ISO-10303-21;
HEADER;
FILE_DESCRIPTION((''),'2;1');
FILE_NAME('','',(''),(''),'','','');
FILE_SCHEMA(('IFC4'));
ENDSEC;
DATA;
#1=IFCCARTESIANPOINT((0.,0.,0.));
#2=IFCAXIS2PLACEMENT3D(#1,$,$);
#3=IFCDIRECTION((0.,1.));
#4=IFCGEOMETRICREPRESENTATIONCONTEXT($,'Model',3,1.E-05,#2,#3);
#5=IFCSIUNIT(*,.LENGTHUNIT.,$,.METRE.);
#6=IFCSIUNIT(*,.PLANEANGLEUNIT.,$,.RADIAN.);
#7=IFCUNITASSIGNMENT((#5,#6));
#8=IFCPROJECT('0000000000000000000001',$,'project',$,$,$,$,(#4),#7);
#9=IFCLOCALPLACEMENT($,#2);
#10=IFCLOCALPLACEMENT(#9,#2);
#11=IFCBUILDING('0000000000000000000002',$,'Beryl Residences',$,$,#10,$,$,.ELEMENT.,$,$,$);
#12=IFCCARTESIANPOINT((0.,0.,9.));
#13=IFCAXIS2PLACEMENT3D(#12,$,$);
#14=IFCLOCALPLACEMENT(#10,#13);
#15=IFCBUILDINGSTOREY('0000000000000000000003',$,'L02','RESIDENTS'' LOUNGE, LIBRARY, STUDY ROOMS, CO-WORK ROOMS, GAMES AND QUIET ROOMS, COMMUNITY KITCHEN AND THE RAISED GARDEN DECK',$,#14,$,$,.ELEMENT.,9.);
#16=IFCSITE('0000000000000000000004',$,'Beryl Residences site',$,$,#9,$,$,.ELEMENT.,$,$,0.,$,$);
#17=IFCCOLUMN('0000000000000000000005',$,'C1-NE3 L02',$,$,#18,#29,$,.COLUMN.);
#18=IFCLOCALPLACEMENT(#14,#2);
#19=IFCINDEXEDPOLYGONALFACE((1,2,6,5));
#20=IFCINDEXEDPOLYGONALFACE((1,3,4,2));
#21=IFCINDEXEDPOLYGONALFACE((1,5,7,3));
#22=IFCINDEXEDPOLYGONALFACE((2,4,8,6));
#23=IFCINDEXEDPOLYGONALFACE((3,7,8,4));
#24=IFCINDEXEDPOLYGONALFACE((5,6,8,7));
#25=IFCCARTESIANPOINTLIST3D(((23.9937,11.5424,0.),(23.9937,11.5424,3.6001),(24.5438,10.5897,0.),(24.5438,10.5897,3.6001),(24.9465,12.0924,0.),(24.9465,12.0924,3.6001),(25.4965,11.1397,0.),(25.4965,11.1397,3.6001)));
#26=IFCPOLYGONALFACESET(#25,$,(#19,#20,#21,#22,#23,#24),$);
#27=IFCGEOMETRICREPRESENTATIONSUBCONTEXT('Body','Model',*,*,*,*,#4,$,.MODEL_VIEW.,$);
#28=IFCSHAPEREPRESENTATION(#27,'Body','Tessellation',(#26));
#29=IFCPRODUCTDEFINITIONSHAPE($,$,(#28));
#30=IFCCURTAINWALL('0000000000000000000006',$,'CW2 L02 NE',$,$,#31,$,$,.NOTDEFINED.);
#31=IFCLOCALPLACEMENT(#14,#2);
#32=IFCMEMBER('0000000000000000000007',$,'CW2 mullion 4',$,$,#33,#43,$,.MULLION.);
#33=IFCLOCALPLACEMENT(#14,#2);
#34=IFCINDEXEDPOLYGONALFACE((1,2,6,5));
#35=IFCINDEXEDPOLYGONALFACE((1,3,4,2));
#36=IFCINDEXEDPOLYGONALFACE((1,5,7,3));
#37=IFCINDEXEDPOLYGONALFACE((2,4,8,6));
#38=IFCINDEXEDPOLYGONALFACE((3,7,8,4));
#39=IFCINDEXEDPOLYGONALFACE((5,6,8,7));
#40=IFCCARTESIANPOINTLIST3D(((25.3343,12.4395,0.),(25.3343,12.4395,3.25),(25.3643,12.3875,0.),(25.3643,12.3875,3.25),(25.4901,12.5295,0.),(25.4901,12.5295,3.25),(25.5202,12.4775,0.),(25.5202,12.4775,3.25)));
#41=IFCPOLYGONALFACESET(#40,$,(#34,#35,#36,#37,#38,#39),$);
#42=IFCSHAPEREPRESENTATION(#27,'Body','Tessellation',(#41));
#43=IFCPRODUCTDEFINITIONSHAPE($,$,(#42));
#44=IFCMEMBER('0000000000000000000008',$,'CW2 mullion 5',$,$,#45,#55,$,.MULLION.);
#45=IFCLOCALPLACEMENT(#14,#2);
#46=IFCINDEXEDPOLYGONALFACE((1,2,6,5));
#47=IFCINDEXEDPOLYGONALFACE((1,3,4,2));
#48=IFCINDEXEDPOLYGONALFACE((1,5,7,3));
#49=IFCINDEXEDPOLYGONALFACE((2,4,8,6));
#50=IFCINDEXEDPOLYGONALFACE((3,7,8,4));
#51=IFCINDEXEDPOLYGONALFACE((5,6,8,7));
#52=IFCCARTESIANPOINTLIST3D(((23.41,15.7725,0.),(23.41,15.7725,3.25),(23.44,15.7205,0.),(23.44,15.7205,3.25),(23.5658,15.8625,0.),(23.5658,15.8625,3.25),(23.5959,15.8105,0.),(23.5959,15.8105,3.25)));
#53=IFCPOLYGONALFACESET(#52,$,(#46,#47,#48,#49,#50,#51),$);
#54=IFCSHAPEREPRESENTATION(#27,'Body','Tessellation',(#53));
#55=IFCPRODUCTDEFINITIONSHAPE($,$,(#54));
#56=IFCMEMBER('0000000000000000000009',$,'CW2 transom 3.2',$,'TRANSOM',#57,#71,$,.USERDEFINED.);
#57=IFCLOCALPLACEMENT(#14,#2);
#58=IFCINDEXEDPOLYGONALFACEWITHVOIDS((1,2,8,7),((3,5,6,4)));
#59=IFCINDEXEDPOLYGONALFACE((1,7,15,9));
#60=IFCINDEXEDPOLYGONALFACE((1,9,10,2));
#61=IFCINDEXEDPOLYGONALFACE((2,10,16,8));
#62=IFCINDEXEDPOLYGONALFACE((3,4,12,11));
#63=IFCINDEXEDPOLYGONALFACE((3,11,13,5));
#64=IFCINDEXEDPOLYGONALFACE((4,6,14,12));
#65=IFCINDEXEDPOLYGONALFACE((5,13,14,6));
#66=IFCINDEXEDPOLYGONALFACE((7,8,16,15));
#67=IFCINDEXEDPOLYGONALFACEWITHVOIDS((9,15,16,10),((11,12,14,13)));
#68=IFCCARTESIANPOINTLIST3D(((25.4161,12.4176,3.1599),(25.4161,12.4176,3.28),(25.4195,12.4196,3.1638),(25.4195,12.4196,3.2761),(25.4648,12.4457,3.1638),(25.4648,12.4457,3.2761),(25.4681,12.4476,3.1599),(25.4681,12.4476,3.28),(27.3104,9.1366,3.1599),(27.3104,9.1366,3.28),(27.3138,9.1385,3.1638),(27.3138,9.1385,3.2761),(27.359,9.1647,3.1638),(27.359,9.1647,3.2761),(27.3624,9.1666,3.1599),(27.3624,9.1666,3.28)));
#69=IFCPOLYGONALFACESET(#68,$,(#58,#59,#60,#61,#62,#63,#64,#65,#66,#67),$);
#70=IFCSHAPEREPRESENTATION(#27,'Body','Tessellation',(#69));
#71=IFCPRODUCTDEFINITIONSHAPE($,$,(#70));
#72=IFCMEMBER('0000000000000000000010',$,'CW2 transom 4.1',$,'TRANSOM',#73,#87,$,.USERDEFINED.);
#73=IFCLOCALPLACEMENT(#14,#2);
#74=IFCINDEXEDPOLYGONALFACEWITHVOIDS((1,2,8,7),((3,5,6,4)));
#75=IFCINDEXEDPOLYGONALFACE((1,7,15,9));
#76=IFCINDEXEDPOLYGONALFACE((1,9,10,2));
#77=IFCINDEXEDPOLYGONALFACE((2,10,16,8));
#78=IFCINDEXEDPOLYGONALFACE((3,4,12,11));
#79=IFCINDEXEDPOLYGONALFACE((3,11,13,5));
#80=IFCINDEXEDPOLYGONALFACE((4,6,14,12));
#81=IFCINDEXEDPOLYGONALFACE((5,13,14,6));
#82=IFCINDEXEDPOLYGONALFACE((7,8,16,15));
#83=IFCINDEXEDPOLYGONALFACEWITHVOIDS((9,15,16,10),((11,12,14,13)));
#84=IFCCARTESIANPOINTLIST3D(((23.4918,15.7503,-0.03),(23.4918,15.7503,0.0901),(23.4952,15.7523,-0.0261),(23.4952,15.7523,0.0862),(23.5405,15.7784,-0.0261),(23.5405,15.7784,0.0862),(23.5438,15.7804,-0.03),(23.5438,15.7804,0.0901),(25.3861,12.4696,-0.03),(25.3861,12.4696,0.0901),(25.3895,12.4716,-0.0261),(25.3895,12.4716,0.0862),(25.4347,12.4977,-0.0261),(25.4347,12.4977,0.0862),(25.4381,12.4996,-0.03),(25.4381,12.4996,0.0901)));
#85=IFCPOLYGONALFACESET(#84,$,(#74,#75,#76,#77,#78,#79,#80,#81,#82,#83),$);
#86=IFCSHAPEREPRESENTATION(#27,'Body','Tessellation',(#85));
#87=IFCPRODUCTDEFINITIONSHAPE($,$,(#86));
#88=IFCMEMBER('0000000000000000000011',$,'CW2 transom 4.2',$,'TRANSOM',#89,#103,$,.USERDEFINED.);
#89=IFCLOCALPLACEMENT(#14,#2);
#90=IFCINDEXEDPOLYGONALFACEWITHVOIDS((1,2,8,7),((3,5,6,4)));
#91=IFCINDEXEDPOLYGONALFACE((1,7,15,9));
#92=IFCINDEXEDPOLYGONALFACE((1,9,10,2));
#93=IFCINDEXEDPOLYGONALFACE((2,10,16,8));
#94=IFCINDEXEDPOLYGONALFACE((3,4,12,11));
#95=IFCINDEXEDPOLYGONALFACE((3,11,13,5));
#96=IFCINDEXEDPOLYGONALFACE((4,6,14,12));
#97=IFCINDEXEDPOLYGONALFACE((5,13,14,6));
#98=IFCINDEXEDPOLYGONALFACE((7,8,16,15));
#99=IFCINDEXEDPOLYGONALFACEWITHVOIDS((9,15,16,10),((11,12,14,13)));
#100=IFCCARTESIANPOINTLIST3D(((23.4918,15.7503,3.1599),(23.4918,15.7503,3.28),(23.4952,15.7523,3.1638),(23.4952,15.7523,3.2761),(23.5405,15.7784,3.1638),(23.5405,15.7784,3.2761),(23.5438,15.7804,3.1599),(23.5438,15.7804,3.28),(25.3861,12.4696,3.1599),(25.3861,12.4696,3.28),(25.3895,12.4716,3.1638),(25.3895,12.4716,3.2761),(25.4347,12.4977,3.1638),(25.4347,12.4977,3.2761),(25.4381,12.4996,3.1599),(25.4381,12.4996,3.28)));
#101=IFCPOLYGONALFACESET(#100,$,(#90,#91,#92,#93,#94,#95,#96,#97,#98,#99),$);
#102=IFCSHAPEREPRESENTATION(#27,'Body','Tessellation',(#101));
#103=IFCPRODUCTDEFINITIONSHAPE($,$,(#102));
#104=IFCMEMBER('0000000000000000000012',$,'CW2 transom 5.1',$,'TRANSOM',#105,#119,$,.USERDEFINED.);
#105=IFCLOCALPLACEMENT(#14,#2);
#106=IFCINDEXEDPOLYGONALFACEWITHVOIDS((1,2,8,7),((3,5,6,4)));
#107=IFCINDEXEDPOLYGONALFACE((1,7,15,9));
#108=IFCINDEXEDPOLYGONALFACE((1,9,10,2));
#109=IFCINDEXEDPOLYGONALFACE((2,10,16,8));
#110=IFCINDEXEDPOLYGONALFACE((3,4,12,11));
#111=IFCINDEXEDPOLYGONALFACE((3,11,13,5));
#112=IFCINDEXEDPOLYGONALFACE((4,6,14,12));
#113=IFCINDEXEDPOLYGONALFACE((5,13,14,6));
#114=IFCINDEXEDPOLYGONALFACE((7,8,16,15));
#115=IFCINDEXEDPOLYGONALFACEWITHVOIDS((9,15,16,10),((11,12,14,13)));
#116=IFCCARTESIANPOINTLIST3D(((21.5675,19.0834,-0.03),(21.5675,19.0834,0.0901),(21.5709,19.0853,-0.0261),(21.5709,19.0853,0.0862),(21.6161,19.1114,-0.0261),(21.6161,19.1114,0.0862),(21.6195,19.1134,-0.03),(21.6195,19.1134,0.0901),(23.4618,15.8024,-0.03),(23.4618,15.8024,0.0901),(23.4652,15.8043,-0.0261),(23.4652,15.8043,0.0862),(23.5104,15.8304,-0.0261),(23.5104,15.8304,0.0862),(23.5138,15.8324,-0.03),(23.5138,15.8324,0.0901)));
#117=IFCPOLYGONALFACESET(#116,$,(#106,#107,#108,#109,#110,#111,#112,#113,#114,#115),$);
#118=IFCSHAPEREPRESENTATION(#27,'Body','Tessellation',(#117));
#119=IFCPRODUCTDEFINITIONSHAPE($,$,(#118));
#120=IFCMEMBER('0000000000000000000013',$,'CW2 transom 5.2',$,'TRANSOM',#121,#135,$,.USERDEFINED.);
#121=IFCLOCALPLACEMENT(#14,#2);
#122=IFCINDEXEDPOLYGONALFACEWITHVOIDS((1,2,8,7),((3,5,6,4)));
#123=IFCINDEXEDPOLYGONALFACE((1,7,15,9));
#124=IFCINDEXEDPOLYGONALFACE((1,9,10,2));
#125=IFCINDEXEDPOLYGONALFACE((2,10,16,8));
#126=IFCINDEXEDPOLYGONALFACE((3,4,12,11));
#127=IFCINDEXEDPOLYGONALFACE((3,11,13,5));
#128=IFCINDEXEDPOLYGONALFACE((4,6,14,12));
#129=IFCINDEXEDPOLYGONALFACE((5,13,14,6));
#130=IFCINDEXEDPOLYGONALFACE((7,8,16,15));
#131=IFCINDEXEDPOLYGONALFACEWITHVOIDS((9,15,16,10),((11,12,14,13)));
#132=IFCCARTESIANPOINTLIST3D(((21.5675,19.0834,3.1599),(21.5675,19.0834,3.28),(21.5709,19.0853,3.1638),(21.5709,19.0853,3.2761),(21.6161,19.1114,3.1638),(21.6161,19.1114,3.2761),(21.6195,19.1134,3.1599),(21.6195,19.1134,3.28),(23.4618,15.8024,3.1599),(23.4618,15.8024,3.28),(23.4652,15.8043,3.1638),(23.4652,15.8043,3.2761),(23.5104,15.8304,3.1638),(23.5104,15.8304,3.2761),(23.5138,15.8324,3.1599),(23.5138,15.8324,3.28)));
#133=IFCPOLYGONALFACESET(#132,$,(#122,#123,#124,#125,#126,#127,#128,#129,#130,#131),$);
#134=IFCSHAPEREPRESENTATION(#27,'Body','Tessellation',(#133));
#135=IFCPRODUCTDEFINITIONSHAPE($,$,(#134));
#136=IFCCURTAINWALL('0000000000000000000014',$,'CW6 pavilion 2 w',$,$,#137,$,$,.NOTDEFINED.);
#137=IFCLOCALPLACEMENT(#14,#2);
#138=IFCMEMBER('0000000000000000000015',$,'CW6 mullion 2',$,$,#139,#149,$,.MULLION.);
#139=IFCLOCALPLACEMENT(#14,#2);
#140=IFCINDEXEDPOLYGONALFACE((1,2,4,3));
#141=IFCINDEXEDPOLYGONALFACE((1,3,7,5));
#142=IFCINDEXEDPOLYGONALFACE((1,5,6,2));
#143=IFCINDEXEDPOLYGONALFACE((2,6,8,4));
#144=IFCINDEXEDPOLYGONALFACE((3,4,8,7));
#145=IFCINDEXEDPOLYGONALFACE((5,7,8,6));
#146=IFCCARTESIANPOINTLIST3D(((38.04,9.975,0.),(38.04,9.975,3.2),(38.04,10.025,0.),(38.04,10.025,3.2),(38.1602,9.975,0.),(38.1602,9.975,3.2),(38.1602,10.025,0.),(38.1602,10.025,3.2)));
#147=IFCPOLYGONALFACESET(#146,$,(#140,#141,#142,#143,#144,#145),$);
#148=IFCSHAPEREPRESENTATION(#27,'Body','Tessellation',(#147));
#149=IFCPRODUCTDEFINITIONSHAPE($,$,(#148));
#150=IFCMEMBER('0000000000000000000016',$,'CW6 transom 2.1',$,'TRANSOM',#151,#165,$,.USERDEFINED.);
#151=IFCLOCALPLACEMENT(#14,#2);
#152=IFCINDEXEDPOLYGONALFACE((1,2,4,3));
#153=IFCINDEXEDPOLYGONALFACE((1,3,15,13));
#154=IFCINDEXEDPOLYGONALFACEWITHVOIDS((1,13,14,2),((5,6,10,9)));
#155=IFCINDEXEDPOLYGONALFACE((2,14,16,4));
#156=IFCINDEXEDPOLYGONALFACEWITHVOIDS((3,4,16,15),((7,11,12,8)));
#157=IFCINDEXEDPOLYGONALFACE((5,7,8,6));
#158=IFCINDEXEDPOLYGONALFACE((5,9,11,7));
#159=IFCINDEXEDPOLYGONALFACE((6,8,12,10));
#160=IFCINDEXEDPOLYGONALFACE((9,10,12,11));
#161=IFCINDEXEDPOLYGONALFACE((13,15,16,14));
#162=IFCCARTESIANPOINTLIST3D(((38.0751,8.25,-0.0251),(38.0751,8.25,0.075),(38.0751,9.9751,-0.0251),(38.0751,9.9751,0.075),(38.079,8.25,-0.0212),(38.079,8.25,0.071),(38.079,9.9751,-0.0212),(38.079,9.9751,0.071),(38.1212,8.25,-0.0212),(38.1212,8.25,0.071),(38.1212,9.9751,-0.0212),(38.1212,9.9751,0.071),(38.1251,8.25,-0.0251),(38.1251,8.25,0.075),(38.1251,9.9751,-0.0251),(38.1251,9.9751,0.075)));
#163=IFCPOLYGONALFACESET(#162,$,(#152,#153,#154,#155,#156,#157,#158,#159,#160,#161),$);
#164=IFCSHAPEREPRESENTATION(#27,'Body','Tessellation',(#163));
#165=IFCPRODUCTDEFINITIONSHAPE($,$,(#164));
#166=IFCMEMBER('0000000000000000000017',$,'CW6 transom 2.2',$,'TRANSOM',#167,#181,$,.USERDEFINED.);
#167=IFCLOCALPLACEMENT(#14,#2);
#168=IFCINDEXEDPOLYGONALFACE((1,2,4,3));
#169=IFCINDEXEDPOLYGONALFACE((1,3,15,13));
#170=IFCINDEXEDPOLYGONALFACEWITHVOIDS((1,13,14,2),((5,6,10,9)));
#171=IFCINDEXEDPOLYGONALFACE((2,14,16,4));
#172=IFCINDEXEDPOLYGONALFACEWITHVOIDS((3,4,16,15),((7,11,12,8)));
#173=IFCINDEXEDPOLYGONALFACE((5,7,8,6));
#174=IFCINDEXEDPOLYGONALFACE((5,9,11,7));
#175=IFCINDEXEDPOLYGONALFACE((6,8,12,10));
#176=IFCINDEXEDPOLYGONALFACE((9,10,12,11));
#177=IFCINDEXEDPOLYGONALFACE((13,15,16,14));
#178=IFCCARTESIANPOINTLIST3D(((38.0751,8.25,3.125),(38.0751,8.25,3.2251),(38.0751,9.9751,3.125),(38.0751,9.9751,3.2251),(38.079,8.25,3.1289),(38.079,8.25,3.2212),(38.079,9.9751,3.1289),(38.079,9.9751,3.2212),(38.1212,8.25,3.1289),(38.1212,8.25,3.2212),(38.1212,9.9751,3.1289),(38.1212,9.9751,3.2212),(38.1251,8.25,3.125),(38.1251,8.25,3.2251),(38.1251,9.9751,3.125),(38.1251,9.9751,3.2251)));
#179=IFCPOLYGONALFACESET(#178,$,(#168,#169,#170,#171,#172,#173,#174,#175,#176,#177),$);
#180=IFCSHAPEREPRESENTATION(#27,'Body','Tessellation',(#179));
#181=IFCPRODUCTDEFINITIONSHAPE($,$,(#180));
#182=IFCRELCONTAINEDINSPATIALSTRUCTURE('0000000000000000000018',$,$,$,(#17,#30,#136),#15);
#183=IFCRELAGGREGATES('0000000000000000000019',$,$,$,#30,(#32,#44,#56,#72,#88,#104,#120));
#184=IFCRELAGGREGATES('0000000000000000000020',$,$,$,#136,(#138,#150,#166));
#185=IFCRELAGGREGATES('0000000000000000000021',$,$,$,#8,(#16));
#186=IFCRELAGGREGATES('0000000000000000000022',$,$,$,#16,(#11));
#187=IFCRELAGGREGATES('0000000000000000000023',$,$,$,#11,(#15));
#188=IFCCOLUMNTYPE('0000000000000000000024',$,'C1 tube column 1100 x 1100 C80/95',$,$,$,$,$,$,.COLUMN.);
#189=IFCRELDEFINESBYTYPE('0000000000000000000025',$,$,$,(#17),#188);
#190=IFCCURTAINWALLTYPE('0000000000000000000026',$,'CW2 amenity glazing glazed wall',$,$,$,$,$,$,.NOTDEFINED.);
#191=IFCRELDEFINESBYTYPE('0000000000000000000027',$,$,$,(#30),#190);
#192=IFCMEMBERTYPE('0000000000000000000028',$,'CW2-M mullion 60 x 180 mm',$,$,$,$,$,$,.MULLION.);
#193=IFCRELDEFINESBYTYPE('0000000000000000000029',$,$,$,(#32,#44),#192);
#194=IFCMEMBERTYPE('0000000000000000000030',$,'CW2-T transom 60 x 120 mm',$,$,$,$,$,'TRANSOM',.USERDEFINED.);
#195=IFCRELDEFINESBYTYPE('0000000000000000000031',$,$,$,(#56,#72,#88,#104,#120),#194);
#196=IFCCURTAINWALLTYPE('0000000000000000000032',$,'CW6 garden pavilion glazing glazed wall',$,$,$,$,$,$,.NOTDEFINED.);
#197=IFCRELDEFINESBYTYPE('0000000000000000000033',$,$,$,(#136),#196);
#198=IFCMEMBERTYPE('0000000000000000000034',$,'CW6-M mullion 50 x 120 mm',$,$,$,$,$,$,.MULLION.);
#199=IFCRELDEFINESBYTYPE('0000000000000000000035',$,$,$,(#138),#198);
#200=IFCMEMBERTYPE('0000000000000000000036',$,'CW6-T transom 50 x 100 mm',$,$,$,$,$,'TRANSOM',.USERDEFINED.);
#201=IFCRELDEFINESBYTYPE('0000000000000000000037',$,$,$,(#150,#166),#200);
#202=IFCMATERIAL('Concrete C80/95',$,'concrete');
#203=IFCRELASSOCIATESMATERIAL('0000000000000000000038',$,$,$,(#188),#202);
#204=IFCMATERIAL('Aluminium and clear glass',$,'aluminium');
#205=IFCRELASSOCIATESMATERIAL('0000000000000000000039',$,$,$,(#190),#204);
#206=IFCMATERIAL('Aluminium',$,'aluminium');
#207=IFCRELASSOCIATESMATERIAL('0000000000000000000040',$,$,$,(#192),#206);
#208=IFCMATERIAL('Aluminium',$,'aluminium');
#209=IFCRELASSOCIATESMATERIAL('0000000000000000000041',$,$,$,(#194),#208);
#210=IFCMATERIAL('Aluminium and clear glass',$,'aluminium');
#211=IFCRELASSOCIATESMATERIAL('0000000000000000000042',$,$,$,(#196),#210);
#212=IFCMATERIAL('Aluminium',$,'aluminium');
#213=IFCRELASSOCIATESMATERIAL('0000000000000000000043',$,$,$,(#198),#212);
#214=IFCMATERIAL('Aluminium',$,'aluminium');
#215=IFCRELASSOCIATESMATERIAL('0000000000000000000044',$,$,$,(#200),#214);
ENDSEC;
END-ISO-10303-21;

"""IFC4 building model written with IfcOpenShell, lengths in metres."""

from ifc_helpers import new_model, si_unit, direction, frame, origin, origin_2d, place, context, subcontext, project, spatial, rectangle, hollow_rectangle, extrude, material, material_profile, profile_set, type_object, element, aggregate, save


model = new_model("IFC4")

# Units and contexts
model_context = context("Model", 3, precision=1e-05, world=origin(), true_north=direction((0.0, 1.0)))
body_context = subcontext(model_context, "Body", "Model", "MODEL_VIEW")
ifc_project = project(units=[si_unit("LENGTHUNIT", "METRE"), si_unit("PLANEANGLEUNIT", "RADIAN")], contexts=[model_context])

# Site, building, storey
site_placement = place(None, origin())
site = spatial("IfcSite", under=ifc_project, at=site_placement, Name="Beryl Residences site", CompositionType="ELEMENT", RefElevation=0.0)
building_placement = place(site_placement, origin())
building = spatial("IfcBuilding", under=site, at=building_placement, Name="Beryl Residences", CompositionType="ELEMENT")
storey_placement = place(building_placement, frame((0.0, 0.0, 9.0)))
storey = spatial("IfcBuildingStorey", under=building, at=storey_placement, Name="L02", Description="RESIDENTS' LOUNGE, LIBRARY, STUDY ROOMS, CO-WORK ROOMS, GAMES AND QUIET ROOMS, COMMUNITY KITCHEN AND THE RAISED GARDEN DECK", CompositionType="ELEMENT", Elevation=9.0)

# Column
ifc_material_1 = material(Name="Concrete C80/95", Category="concrete")
ifc_material_profile_1 = material_profile(ifc_material_1, rectangle(XDim=1.1001, YDim=1.1001, at=origin_2d()))
ifc_profile_set_1 = profile_set([ifc_material_profile_1], Name="Concrete C80/95")
column_type = type_object("IfcColumnType", Name="C1 tube column 1100 x 1100 C80/95", PredefinedType="COLUMN", material=ifc_profile_set_1)
column_placement = place(storey_placement, frame((24.7451, 11.3411, 0.0), z_axis=(0.0, 0.0, 1.0), x_axis=(-0.499985, 0.866034, 0.0)))
element("IfcColumn", 1, at=column_placement, inside=storey, type_object=column_type, Name="C1-NE3 L02", PredefinedType="COLUMN", context=body_context, shape_type="SweptSolid", body=[
    extrude(rectangle(XDim=1.1001, YDim=1.1001, at=origin_2d()), origin(), (0.0, 0.0, 1.0), 3.6001),
])

# Curtain walls, members
ifc_material_2 = material(Name="Aluminium and clear glass", Category="aluminium")
curtain_wall_type_1 = type_object("IfcCurtainWallType", Name="CW2 amenity glazing glazed wall", PredefinedType="NOTDEFINED", material=ifc_material_2)
curtain_wall_1_placement = place(storey_placement, origin())
curtain_wall_1 = element("IfcCurtainWall", 2, at=curtain_wall_1_placement, inside=storey, type_object=curtain_wall_type_1, Name="CW2 L02 NE", PredefinedType="NOTDEFINED")
ifc_material_3 = material(Name="Aluminium", Category="aluminium")
ifc_material_profile_2 = material_profile(ifc_material_3, rectangle(XDim=0.0601, YDim=0.1799, at=origin_2d()))
ifc_profile_set_2 = profile_set([ifc_material_profile_2], Name="Aluminium")
member_type_1 = type_object("IfcMemberType", Name="CW2-M mullion 60 x 180 mm", PredefinedType="MULLION", material=ifc_profile_set_2)
member_1_placement = place(storey_placement, frame((25.4272, 12.4585, 0.0), z_axis=(0.0, 0.0, 1.0), x_axis=(-0.500012, 0.866019, 0.0)))
member_1 = element("IfcMember", 3, at=member_1_placement, type_object=member_type_1, Name="CW2 mullion 4", PredefinedType="MULLION", context=body_context, shape_type="SweptSolid", body=[
    extrude(rectangle(XDim=0.0601, YDim=0.1799, at=origin_2d()), origin(), (0.0, 0.0, 1.0), 3.25),
])
member_2_placement = place(storey_placement, frame((23.5029, 15.7915, 0.0), z_axis=(0.0, 0.0, 1.0), x_axis=(-0.500012, 0.866019, 0.0)))
member_2 = element("IfcMember", 4, at=member_2_placement, type_object=member_type_1, Name="CW2 mullion 5", PredefinedType="MULLION", context=body_context, shape_type="SweptSolid", body=[
    extrude(rectangle(XDim=0.0601, YDim=0.1799, at=origin_2d()), origin(), (0.0, 0.0, 1.0), 3.25),
])
ifc_material_4 = material(Name="Aluminium", Category="aluminium")
ifc_material_profile_3 = material_profile(ifc_material_4, hollow_rectangle(XDim=0.0601, YDim=0.1201, WallThickness=0.0039, at=origin_2d()))
ifc_profile_set_3 = profile_set([ifc_material_profile_3], Name="Aluminium")
member_type_2 = type_object("IfcMemberType", Name="CW2-T transom 60 x 120 mm", ElementType="TRANSOM", PredefinedType="USERDEFINED", material=ifc_profile_set_3)
member_3_placement = place(storey_placement, frame((27.3364, 9.1516, 3.22), z_axis=(-0.5, 0.866026, 0.0), x_axis=(-0.866026, -0.5, 0.0)))
member_3 = element("IfcMember", 5, at=member_3_placement, type_object=member_type_2, Name="CW2 transom 3.2", ObjectType="TRANSOM", PredefinedType="USERDEFINED", context=body_context, shape_type="SweptSolid", body=[
    extrude(hollow_rectangle(XDim=0.0601, YDim=0.1201, WallThickness=0.0039, at=origin_2d()), origin(), (0.0, 0.0, 1.0), 3.7886),
])
member_4_placement = place(storey_placement, frame((25.4121, 12.4846, 0.03), z_axis=(-0.500027, 0.86601, 0.0), x_axis=(-0.86601, -0.500027, 0.0)))
member_4 = element("IfcMember", 6, at=member_4_placement, type_object=member_type_2, Name="CW2 transom 4.1", ObjectType="TRANSOM", PredefinedType="USERDEFINED", context=body_context, shape_type="SweptSolid", body=[
    extrude(hollow_rectangle(XDim=0.0601, YDim=0.1201, WallThickness=0.0039, at=origin_2d()), origin(), (0.0, 0.0, 1.0), 3.7883),
])
member_5_placement = place(storey_placement, frame((25.4121, 12.4846, 3.22), z_axis=(-0.500027, 0.86601, 0.0), x_axis=(-0.86601, -0.500027, 0.0)))
member_5 = element("IfcMember", 7, at=member_5_placement, type_object=member_type_2, Name="CW2 transom 4.2", ObjectType="TRANSOM", PredefinedType="USERDEFINED", context=body_context, shape_type="SweptSolid", body=[
    extrude(hollow_rectangle(XDim=0.0601, YDim=0.1201, WallThickness=0.0039, at=origin_2d()), origin(), (0.0, 0.0, 1.0), 3.7883),
])
member_6_placement = place(storey_placement, frame((23.4878, 15.8174, 0.03), z_axis=(-0.5, 0.866026, 0.0), x_axis=(-0.866026, -0.5, 0.0)))
member_6 = element("IfcMember", 8, at=member_6_placement, type_object=member_type_2, Name="CW2 transom 5.1", ObjectType="TRANSOM", PredefinedType="USERDEFINED", context=body_context, shape_type="SweptSolid", body=[
    extrude(hollow_rectangle(XDim=0.0601, YDim=0.1201, WallThickness=0.0039, at=origin_2d()), origin(), (0.0, 0.0, 1.0), 3.7886),
])
member_7_placement = place(storey_placement, frame((23.4878, 15.8174, 3.22), z_axis=(-0.5, 0.866026, 0.0), x_axis=(-0.866026, -0.5, 0.0)))
member_7 = element("IfcMember", 9, at=member_7_placement, type_object=member_type_2, Name="CW2 transom 5.2", ObjectType="TRANSOM", PredefinedType="USERDEFINED", context=body_context, shape_type="SweptSolid", body=[
    extrude(hollow_rectangle(XDim=0.0601, YDim=0.1201, WallThickness=0.0039, at=origin_2d()), origin(), (0.0, 0.0, 1.0), 3.7886),
])
ifc_material_5 = material(Name="Aluminium and clear glass", Category="aluminium")
curtain_wall_type_2 = type_object("IfcCurtainWallType", Name="CW6 garden pavilion glazing glazed wall", PredefinedType="NOTDEFINED", material=ifc_material_5)
curtain_wall_2_placement = place(storey_placement, origin())
curtain_wall_2 = element("IfcCurtainWall", 10, at=curtain_wall_2_placement, inside=storey, type_object=curtain_wall_type_2, Name="CW6 pavilion 2 w", PredefinedType="NOTDEFINED")
ifc_material_6 = material(Name="Aluminium", Category="aluminium")
ifc_material_profile_4 = material_profile(ifc_material_6, rectangle(XDim=0.05, YDim=0.1201, at=origin_2d()))
ifc_profile_set_4 = profile_set([ifc_material_profile_4], Name="Aluminium")
member_type_3 = type_object("IfcMemberType", Name="CW6-M mullion 50 x 120 mm", PredefinedType="MULLION", material=ifc_profile_set_4)
member_8_placement = place(storey_placement, frame((38.1001, 10.0, 0.0), z_axis=(0.0, 0.0, 1.0), x_axis=(0.0, -1.0, 0.0)))
member_8 = element("IfcMember", 11, at=member_8_placement, type_object=member_type_3, Name="CW6 mullion 2", PredefinedType="MULLION", context=body_context, shape_type="SweptSolid", body=[
    extrude(rectangle(XDim=0.05, YDim=0.1201, at=origin_2d()), origin(), (0.0, 0.0, 1.0), 3.2),
])
ifc_material_7 = material(Name="Aluminium", Category="aluminium")
ifc_material_profile_5 = material_profile(ifc_material_7, hollow_rectangle(XDim=0.05, YDim=0.1001, WallThickness=0.0039, at=origin_2d()))
ifc_profile_set_5 = profile_set([ifc_material_profile_5], Name="Aluminium")
member_type_4 = type_object("IfcMemberType", Name="CW6-T transom 50 x 100 mm", ElementType="TRANSOM", PredefinedType="USERDEFINED", material=ifc_profile_set_5)
member_9_placement = place(storey_placement, frame((38.1001, 9.9751, 0.0249), z_axis=(0.0, -1.0, 0.0), x_axis=(1.0, 0.0, 0.0)))
member_9 = element("IfcMember", 12, at=member_9_placement, type_object=member_type_4, Name="CW6 transom 2.1", ObjectType="TRANSOM", PredefinedType="USERDEFINED", context=body_context, shape_type="SweptSolid", body=[
    extrude(hollow_rectangle(XDim=0.05, YDim=0.1001, WallThickness=0.0039, at=origin_2d()), origin(), (0.0, 0.0, 1.0), 1.7251),
])
member_10_placement = place(storey_placement, frame((38.1001, 9.9751, 3.175), z_axis=(0.0, -1.0, 0.0), x_axis=(1.0, 0.0, 0.0)))
member_10 = element("IfcMember", 13, at=member_10_placement, type_object=member_type_4, Name="CW6 transom 2.2", ObjectType="TRANSOM", PredefinedType="USERDEFINED", context=body_context, shape_type="SweptSolid", body=[
    extrude(hollow_rectangle(XDim=0.05, YDim=0.1001, WallThickness=0.0039, at=origin_2d()), origin(), (0.0, 0.0, 1.0), 1.7251),
])

aggregate(curtain_wall_1, [member_1, member_2, member_3, member_4, member_5, member_6, member_7])
aggregate(curtain_wall_2, [member_8, member_9, member_10])

save(model, "model.ifc")
